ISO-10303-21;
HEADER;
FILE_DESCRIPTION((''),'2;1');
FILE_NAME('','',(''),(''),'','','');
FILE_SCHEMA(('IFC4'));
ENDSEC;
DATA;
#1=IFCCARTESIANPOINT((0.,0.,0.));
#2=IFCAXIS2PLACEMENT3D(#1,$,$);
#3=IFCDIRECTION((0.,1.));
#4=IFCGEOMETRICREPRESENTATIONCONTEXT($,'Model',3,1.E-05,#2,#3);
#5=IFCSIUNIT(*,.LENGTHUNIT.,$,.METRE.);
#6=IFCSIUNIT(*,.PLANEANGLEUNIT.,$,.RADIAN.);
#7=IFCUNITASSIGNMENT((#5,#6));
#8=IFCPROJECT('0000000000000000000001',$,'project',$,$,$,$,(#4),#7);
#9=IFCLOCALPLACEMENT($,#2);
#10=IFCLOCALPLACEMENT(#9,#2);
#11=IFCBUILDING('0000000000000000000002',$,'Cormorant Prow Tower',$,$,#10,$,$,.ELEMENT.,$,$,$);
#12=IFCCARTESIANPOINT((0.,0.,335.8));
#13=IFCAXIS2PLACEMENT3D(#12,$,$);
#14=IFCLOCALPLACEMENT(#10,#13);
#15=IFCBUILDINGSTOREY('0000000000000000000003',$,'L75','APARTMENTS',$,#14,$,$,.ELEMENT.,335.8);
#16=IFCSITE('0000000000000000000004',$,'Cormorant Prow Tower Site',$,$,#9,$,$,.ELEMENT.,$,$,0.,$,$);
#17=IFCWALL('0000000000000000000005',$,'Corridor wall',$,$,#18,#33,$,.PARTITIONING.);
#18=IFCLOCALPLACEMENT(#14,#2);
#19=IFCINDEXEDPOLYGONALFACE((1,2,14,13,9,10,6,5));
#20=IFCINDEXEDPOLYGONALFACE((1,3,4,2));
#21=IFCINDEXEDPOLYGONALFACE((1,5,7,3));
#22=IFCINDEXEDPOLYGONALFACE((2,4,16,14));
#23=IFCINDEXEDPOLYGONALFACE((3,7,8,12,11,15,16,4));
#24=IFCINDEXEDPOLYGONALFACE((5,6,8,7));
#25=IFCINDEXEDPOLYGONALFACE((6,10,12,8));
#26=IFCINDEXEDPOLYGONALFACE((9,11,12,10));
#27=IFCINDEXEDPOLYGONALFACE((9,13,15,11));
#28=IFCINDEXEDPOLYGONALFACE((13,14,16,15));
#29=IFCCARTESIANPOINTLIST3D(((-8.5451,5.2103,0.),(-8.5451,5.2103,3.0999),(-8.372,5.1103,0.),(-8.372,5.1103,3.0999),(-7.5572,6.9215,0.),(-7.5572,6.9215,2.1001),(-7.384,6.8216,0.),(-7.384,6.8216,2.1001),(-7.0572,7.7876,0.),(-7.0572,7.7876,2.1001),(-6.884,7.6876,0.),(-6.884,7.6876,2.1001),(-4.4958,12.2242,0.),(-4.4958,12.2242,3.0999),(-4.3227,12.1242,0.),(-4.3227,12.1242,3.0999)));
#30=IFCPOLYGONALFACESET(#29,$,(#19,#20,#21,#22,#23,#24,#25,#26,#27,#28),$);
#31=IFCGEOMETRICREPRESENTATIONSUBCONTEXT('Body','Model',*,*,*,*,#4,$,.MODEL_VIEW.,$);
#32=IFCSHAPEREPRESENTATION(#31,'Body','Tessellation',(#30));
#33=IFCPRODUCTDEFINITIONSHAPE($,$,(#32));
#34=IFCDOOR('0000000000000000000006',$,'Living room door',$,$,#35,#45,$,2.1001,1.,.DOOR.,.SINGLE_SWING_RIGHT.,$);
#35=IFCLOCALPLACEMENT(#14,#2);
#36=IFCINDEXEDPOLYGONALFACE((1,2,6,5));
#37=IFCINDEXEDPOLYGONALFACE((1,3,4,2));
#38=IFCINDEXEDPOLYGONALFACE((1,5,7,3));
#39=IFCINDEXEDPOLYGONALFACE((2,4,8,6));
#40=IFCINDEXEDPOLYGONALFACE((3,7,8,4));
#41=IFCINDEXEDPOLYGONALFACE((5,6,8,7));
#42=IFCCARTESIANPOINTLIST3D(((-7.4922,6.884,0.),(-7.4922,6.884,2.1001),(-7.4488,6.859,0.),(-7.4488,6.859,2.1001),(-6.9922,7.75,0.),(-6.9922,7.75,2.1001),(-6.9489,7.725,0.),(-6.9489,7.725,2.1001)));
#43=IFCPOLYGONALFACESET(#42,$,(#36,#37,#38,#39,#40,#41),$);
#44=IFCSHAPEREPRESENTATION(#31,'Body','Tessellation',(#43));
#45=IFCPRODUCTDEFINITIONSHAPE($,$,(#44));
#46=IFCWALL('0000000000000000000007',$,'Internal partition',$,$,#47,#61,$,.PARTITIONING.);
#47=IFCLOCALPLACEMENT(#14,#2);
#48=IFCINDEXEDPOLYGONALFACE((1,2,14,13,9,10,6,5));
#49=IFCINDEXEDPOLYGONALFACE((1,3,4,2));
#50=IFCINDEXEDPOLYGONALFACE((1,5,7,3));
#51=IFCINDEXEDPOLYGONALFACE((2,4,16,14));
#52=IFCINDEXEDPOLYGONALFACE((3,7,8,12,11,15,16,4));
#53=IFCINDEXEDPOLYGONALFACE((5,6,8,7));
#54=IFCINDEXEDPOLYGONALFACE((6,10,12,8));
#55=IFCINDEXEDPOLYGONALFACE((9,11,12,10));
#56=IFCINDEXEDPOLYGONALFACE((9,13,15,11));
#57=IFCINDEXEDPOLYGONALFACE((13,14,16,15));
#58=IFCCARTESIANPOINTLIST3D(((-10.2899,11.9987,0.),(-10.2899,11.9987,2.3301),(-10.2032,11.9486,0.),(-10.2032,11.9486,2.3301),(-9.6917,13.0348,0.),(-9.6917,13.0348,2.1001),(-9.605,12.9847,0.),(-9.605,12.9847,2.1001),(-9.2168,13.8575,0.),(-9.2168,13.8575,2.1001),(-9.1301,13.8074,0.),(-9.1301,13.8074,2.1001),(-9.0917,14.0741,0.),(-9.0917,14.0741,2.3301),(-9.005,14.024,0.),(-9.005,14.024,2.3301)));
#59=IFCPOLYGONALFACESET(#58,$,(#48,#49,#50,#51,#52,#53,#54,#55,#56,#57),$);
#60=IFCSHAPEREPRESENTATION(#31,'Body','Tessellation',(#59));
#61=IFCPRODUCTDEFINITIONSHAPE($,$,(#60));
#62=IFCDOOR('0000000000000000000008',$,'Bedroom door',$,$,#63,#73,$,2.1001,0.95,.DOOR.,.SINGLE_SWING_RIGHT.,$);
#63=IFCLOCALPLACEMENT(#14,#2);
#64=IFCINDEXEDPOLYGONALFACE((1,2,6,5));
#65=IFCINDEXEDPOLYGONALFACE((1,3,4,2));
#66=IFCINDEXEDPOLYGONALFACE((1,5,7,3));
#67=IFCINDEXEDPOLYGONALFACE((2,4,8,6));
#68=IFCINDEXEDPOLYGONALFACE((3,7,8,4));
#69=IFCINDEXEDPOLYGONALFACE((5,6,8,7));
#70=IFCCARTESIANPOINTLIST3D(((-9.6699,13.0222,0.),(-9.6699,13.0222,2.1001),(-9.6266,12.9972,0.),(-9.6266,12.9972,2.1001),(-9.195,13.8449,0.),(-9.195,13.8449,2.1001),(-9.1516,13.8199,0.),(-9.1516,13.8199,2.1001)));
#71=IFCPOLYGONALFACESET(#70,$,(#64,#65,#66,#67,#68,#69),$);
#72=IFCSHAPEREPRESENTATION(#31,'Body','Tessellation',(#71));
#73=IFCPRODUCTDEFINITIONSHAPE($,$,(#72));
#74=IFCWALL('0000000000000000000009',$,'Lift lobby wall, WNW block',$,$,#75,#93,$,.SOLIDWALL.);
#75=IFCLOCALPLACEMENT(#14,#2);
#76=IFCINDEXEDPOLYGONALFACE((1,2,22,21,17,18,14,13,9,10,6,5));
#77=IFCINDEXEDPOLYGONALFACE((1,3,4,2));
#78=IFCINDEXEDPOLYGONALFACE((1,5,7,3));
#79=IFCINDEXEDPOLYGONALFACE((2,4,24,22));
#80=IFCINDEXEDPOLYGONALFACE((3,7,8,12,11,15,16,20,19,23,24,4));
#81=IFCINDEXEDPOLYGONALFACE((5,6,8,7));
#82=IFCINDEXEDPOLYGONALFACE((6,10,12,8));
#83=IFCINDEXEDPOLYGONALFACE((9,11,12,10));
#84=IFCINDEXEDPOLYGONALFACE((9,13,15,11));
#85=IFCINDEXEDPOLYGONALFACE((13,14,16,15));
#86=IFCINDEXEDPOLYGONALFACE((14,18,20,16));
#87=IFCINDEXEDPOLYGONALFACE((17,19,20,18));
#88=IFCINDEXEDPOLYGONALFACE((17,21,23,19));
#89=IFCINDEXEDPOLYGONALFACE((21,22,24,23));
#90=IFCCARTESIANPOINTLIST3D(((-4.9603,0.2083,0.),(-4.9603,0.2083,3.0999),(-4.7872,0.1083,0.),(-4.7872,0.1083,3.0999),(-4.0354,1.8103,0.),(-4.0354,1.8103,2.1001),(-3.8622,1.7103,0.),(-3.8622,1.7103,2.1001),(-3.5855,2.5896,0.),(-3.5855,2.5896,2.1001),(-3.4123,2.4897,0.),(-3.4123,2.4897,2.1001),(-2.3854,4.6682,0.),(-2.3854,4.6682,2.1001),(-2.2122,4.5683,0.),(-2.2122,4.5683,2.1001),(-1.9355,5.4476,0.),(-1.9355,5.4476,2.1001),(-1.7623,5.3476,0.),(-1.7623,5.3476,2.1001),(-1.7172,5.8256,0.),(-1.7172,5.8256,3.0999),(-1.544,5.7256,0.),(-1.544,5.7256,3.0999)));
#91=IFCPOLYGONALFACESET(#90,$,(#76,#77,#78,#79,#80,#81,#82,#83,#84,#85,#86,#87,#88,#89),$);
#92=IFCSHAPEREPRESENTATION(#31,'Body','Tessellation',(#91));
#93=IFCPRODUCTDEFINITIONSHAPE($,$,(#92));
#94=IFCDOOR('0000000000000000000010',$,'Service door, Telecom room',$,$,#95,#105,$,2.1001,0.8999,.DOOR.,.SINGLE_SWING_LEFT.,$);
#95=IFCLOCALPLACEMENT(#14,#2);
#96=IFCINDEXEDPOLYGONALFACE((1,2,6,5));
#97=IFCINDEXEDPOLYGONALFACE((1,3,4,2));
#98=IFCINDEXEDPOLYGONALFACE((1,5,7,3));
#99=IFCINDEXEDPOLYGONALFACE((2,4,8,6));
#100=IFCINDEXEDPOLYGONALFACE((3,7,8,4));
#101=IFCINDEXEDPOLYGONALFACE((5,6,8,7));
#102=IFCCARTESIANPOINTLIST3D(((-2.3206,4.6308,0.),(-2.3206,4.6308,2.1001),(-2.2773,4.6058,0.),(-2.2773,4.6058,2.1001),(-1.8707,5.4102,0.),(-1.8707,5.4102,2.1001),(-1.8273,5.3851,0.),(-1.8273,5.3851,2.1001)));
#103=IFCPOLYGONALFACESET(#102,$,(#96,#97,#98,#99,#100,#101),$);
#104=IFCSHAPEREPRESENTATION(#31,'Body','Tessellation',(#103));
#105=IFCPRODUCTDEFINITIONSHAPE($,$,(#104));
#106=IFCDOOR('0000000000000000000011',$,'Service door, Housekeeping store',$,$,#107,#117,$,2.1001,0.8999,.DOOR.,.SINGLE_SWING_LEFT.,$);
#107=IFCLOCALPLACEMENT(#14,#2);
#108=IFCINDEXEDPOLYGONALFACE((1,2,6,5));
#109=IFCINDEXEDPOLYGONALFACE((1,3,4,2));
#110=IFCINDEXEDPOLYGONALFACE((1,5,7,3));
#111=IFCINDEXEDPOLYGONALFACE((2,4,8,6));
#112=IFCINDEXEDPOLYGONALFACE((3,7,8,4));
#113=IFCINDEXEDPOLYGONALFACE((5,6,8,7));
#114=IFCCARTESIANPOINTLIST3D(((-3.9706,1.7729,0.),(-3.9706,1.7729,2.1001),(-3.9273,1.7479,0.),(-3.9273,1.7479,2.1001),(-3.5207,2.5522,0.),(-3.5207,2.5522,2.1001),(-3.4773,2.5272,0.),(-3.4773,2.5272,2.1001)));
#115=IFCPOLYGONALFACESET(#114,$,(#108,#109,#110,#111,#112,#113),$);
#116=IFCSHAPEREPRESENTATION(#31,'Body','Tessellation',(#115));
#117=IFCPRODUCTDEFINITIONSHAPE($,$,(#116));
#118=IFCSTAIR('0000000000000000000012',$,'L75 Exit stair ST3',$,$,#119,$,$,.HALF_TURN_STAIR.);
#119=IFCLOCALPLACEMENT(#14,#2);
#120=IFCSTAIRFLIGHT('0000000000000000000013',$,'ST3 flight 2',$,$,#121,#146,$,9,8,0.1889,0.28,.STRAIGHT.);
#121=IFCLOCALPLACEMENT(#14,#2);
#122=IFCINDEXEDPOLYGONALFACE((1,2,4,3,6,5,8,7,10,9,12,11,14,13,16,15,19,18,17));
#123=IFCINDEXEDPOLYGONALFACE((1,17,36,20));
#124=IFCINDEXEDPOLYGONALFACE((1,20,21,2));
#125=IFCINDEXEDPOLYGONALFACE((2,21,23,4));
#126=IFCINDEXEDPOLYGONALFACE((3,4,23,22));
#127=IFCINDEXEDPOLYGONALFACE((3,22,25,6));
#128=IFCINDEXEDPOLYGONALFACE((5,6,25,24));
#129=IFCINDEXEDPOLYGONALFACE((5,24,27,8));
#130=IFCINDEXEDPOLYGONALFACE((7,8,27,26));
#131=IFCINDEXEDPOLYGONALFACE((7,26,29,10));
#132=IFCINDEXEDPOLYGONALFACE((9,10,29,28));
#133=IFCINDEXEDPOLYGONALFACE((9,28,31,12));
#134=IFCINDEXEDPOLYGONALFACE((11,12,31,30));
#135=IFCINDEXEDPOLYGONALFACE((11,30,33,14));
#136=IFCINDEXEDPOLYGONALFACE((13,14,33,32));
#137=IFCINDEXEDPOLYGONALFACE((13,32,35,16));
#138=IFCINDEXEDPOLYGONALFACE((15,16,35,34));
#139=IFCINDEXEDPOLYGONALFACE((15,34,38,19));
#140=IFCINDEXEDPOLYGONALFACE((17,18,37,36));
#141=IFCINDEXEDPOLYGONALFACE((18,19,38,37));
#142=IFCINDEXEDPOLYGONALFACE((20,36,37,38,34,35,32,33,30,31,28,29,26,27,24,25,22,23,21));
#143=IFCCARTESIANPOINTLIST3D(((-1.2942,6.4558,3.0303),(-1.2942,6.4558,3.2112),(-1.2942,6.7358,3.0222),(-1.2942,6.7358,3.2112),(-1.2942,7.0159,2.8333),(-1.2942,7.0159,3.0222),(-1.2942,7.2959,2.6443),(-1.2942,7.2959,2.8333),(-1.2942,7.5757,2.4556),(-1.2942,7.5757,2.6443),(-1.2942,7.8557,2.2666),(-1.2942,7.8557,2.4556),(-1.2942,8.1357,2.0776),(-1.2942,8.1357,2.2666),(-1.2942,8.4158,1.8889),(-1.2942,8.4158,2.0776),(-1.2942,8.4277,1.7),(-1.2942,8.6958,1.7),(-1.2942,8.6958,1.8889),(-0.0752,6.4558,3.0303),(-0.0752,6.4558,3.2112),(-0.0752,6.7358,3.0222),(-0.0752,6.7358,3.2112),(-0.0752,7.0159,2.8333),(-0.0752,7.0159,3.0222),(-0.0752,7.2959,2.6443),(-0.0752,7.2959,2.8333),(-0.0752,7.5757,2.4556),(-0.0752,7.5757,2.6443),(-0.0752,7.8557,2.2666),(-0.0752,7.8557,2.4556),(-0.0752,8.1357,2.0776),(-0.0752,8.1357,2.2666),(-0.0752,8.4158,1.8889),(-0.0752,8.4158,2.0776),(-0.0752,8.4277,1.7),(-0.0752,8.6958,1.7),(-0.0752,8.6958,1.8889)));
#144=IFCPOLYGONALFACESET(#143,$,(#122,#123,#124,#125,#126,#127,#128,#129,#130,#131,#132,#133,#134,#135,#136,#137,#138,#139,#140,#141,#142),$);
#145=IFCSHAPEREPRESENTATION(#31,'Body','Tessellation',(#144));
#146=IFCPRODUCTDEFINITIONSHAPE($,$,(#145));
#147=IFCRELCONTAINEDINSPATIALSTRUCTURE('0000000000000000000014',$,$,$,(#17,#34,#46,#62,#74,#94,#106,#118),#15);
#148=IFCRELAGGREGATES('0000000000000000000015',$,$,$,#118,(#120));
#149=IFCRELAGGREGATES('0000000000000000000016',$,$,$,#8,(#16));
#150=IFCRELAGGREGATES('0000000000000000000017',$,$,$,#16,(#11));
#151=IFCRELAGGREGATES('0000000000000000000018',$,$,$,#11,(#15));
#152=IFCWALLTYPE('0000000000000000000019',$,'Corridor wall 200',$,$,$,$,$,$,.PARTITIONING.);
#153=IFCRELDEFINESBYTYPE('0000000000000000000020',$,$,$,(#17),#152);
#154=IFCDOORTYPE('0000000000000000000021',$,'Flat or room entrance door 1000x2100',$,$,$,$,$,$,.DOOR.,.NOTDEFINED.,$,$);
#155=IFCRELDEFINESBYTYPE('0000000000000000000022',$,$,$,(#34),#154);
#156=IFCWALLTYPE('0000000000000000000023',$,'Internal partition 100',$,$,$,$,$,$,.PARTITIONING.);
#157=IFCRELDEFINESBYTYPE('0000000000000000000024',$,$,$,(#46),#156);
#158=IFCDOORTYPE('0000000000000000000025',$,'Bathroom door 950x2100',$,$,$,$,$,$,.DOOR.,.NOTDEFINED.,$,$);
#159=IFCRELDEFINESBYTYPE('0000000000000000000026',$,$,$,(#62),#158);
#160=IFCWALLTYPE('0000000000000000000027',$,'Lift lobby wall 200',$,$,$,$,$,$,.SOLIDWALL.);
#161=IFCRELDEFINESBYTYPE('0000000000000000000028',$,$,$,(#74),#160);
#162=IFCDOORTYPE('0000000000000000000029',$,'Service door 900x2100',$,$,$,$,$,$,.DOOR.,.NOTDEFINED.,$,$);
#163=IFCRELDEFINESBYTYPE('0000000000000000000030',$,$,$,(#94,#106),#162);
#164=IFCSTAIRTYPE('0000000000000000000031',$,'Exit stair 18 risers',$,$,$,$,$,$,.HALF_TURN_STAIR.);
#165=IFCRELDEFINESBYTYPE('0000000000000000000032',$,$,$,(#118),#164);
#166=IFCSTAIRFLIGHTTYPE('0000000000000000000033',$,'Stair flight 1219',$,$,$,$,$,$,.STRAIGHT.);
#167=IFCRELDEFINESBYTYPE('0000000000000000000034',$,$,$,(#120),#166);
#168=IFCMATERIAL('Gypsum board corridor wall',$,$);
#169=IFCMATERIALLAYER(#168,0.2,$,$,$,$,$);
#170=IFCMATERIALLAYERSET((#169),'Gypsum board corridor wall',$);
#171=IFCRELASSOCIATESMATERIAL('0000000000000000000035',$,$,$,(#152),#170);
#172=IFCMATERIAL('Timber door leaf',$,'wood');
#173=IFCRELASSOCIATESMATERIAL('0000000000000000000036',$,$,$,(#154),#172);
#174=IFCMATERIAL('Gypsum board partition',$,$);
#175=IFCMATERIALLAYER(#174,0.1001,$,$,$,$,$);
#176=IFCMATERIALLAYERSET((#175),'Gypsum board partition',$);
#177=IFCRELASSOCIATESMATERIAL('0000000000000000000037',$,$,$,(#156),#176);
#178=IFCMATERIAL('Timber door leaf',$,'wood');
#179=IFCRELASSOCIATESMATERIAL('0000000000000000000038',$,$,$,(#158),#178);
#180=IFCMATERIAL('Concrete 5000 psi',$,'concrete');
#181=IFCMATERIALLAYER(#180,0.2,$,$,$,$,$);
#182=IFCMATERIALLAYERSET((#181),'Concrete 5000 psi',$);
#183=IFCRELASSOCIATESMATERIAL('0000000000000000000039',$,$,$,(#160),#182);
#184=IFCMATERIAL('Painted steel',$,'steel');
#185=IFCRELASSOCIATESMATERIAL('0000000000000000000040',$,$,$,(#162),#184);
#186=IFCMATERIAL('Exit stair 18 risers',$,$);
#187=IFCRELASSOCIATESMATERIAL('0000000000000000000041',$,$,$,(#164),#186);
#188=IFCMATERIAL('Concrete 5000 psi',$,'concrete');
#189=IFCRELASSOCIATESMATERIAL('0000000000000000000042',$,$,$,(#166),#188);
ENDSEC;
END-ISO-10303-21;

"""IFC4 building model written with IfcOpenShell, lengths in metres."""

from ifc_helpers import new_model, si_unit, direction, frame, frame_2d, origin, place, context, subcontext, project, spatial, polyline, rectangle, outline, extrude, material, layer, layer_set, type_object, element, fill, aggregate, save


model = new_model("IFC4")

# Units and contexts
model_context = context("Model", 3, precision=1e-05, world=origin(), true_north=direction((0.0, 1.0)))
body_context = subcontext(model_context, "Body", "Model", "MODEL_VIEW")
ifc_project = project(units=[si_unit("LENGTHUNIT", "METRE"), si_unit("PLANEANGLEUNIT", "RADIAN")], contexts=[model_context])

# Site, building, storey
site_placement = place(None, origin())
site = spatial("IfcSite", under=ifc_project, at=site_placement, Name="Cormorant Prow Tower Site", CompositionType="ELEMENT", RefElevation=0.0)
building_placement = place(site_placement, origin())
building = spatial("IfcBuilding", under=site, at=building_placement, Name="Cormorant Prow Tower", CompositionType="ELEMENT")
storey_placement = place(building_placement, frame((0.0, 0.0, 335.8)))
storey = spatial("IfcBuildingStorey", under=building, at=storey_placement, Name="L75", Description="APARTMENTS", CompositionType="ELEMENT", Elevation=335.8)

# Walls, openings, doors
ifc_material_1 = material(Name="Gypsum board corridor wall")
ifc_layer_1 = layer(ifc_material_1, 0.2)
ifc_layer_set_1 = layer_set([ifc_layer_1], Name="Gypsum board corridor wall")
wall_type_1 = type_object("IfcWallType", Name="Corridor wall 200", PredefinedType="PARTITIONING", material=ifc_layer_set_1)
wall_1_placement = place(storey_placement, frame((-8.4585, 5.1604, 0.0), z_axis=(0.0, 0.0, 1.0), x_axis=(0.499984, 0.866034, 0.0)))
wall_1 = element("IfcWall", 1, at=wall_1_placement, inside=storey, type_object=wall_type_1, Name="Corridor wall", PredefinedType="PARTITIONING", context=body_context, shape_type="SweptSolid", body=[
    extrude(rectangle(XDim=8.0989, YDim=0.2, at=frame_2d((4.0493, 0.0))), origin(), (0.0, 0.0, 1.0), 3.0999),
])
opening_1_placement = place(wall_1_placement, frame((1.9758, 0.0, 0.0)))
opening_1 = element("IfcOpeningElement", 2, at=opening_1_placement, cuts=wall_1, PredefinedType="OPENING", context=body_context, shape_type="SweptSolid", body=[
    extrude(rectangle(XDim=1.0, YDim=2.1001, at=frame_2d((0.5, 1.05))), frame((0.0, 0.1099, 0.0), z_axis=(0.0, -1.0, 0.0), x_axis=(1.0, 0.0, 0.0)), (0.0, 0.0, 1.0), 0.22),
])
ifc_material_2 = material(Name="Timber door leaf", Category="wood")
door_type_1 = type_object("IfcDoorType", Name="Flat or room entrance door 1000x2100", OperationType="NOTDEFINED", PredefinedType="DOOR", material=ifc_material_2)
door_1_placement = place(opening_1_placement, origin())
door_1 = element("IfcDoor", 3, at=door_1_placement, inside=storey, type_object=door_type_1, Name="Living room door", OperationType="SINGLE_SWING_RIGHT", OverallHeight=2.1001, OverallWidth=1.0, PredefinedType="DOOR", context=body_context, shape_type="SweptSolid", body=[
    extrude(rectangle(XDim=1.0, YDim=2.1001, at=frame_2d((0.5, 1.05))), frame((0.0, 0.0249, 0.0), z_axis=(0.0, -1.0, 0.0), x_axis=(1.0, 0.0, 0.0)), (0.0, 0.0, 1.0), 0.05),
])
fill(opening_1, door_1)
ifc_material_3 = material(Name="Gypsum board partition")
ifc_layer_2 = layer(ifc_material_3, 0.1001)
ifc_layer_set_2 = layer_set([ifc_layer_2], Name="Gypsum board partition")
wall_type_2 = type_object("IfcWallType", Name="Internal partition 100", PredefinedType="PARTITIONING", material=ifc_layer_set_2)
wall_2_placement = place(storey_placement, frame((-10.2466, 11.9736, 0.0), z_axis=(0.0, 0.0, 1.0), x_axis=(0.499996, 0.866028, 0.0)))
wall_2 = element("IfcWall", 4, at=wall_2_placement, inside=storey, type_object=wall_type_2, Name="Internal partition", PredefinedType="PARTITIONING", context=body_context, shape_type="SweptSolid", body=[
    extrude(rectangle(XDim=2.3965, YDim=0.1001, at=frame_2d((1.1982, 0.0))), origin(), (0.0, 0.0, 1.0), 2.3301),
])
opening_2_placement = place(wall_2_placement, frame((1.1963, 0.0, 0.0)))
opening_2 = element("IfcOpeningElement", 5, at=opening_2_placement, cuts=wall_2, PredefinedType="OPENING", context=body_context, shape_type="SweptSolid", body=[
    extrude(rectangle(XDim=0.95, YDim=2.1001, at=frame_2d((0.4751, 1.05))), frame((0.0, 0.0601, 0.0), z_axis=(0.0, -1.0, 0.0), x_axis=(1.0, 0.0, 0.0)), (0.0, 0.0, 1.0), 0.1201),
])
ifc_material_4 = material(Name="Timber door leaf", Category="wood")
door_type_2 = type_object("IfcDoorType", Name="Bathroom door 950x2100", OperationType="NOTDEFINED", PredefinedType="DOOR", material=ifc_material_4)
door_2_placement = place(opening_2_placement, origin())
door_2 = element("IfcDoor", 6, at=door_2_placement, inside=storey, type_object=door_type_2, Name="Bedroom door", OperationType="SINGLE_SWING_RIGHT", OverallHeight=2.1001, OverallWidth=0.95, PredefinedType="DOOR", context=body_context, shape_type="SweptSolid", body=[
    extrude(rectangle(XDim=0.95, YDim=2.1001, at=frame_2d((0.4751, 1.05))), frame((0.0, 0.0249, 0.0), z_axis=(0.0, -1.0, 0.0), x_axis=(1.0, 0.0, 0.0)), (0.0, 0.0, 1.0), 0.05),
])
fill(opening_2, door_2)

# Wall, openings, doors
ifc_material_5 = material(Name="Concrete 5000 psi", Category="concrete")
ifc_layer_3 = layer(ifc_material_5, 0.2)
ifc_layer_set_3 = layer_set([ifc_layer_3], Name="Concrete 5000 psi")
wall_type_3 = type_object("IfcWallType", Name="Lift lobby wall 200", PredefinedType="SOLIDWALL", material=ifc_layer_set_3)
wall_3_placement = place(storey_placement, frame((-1.6306, 5.7756, 0.0), z_axis=(0.0, 0.0, 1.0), x_axis=(-0.499993, -0.86603, 0.0)))
wall_3 = element("IfcWall", 7, at=wall_3_placement, inside=storey, type_object=wall_type_3, Name="Lift lobby wall, WNW block", PredefinedType="SOLIDWALL", context=body_context, shape_type="SweptSolid", body=[
    extrude(rectangle(XDim=6.4863, YDim=0.2, at=frame_2d((3.2432, 0.0))), origin(), (0.0, 0.0, 1.0), 3.0999),
])
opening_3_placement = place(wall_3_placement, frame((0.4365, 0.0, 0.0)))
opening_3 = element("IfcOpeningElement", 8, at=opening_3_placement, cuts=wall_3, PredefinedType="OPENING", context=body_context, shape_type="SweptSolid", body=[
    extrude(rectangle(XDim=0.8999, YDim=2.1001, at=frame_2d((0.45, 1.05))), frame((0.0, 0.1099, 0.0), z_axis=(0.0, -1.0, 0.0), x_axis=(1.0, 0.0, 0.0)), (0.0, 0.0, 1.0), 0.22),
])
opening_4_placement = place(wall_3_placement, frame((3.7366, 0.0, 0.0)))
opening_4 = element("IfcOpeningElement", 9, at=opening_4_placement, cuts=wall_3, PredefinedType="OPENING", context=body_context, shape_type="SweptSolid", body=[
    extrude(rectangle(XDim=0.8999, YDim=2.1001, at=frame_2d((0.45, 1.05))), frame((0.0, 0.1099, 0.0), z_axis=(0.0, -1.0, 0.0), x_axis=(1.0, 0.0, 0.0)), (0.0, 0.0, 1.0), 0.22),
])
ifc_material_6 = material(Name="Painted steel", Category="steel")
door_type_3 = type_object("IfcDoorType", Name="Service door 900x2100", OperationType="NOTDEFINED", PredefinedType="DOOR", material=ifc_material_6)
door_3_placement = place(opening_3_placement, origin())
door_3 = element("IfcDoor", 10, at=door_3_placement, inside=storey, type_object=door_type_3, Name="Service door, Telecom room", OperationType="SINGLE_SWING_LEFT", OverallHeight=2.1001, OverallWidth=0.8999, PredefinedType="DOOR", context=body_context, shape_type="SweptSolid", body=[
    extrude(rectangle(XDim=0.8999, YDim=2.1001, at=frame_2d((0.45, 1.05))), frame((0.0, 0.0249, 0.0), z_axis=(0.0, -1.0, 0.0), x_axis=(1.0, 0.0, 0.0)), (0.0, 0.0, 1.0), 0.05),
])
fill(opening_3, door_3)
door_4_placement = place(opening_4_placement, origin())
door_4 = element("IfcDoor", 11, at=door_4_placement, inside=storey, type_object=door_type_3, Name="Service door, Housekeeping store", OperationType="SINGLE_SWING_LEFT", OverallHeight=2.1001, OverallWidth=0.8999, PredefinedType="DOOR", context=body_context, shape_type="SweptSolid", body=[
    extrude(rectangle(XDim=0.8999, YDim=2.1001, at=frame_2d((0.45, 1.05))), frame((0.0, 0.0249, 0.0), z_axis=(0.0, -1.0, 0.0), x_axis=(1.0, 0.0, 0.0)), (0.0, 0.0, 1.0), 0.05),
])
fill(opening_4, door_4)

# Stair, stair flight
ifc_material_7 = material(Name="Exit stair 18 risers")
stair_type = type_object("IfcStairType", Name="Exit stair 18 risers", PredefinedType="HALF_TURN_STAIR", material=ifc_material_7)
stair_placement = place(storey_placement, origin())
stair = element("IfcStair", 12, at=stair_placement, inside=storey, type_object=stair_type, Name="L75 Exit stair ST3", PredefinedType="HALF_TURN_STAIR")
ifc_material_8 = material(Name="Concrete 5000 psi", Category="concrete")
stair_flight_type = type_object("IfcStairFlightType", Name="Stair flight 1219", PredefinedType="STRAIGHT", material=ifc_material_8)
stair_flight_placement = place(storey_placement, frame((-0.6846, 8.6958, 1.7), z_axis=(0.0, 0.0, 1.0), x_axis=(0.0, -1.0, 0.0)))
stair_flight = element("IfcStairFlight", 13, at=stair_flight_placement, type_object=stair_flight_type, Name="ST3 flight 2", NumberOfRisers=9, NumberOfTreads=8, PredefinedType="STRAIGHT", RiserHeight=0.1889, TreadLength=0.28, context=body_context, shape_type="SweptSolid", body=[
    extrude(outline(polyline([(0.0, 0.0), (0.0, 0.189), (0.28, 0.189), (0.28, 0.3777), (0.5601, 0.3777), (0.5601, 0.5667), (0.8401, 0.5667), (0.8401, 0.7556), (1.1201, 0.7556), (1.1201, 0.9443), (1.3999, 0.9443), (1.3999, 1.1333), (1.6799, 1.1333), (1.6799, 1.3223), (1.96, 1.3223), (1.96, 1.5112), (2.24, 1.5112), (2.24, 1.7), (2.24, 1.3303), (0.2681, 0.0), (0.0, 0.0)])), frame((0.0, 0.6094, 0.0), z_axis=(0.0, -1.0, 0.0), x_axis=(1.0, 0.0, 0.0)), (0.0, 0.0, 1.0), 1.219),
])
aggregate(stair, [stair_flight])

save(model, "model.ifc")
